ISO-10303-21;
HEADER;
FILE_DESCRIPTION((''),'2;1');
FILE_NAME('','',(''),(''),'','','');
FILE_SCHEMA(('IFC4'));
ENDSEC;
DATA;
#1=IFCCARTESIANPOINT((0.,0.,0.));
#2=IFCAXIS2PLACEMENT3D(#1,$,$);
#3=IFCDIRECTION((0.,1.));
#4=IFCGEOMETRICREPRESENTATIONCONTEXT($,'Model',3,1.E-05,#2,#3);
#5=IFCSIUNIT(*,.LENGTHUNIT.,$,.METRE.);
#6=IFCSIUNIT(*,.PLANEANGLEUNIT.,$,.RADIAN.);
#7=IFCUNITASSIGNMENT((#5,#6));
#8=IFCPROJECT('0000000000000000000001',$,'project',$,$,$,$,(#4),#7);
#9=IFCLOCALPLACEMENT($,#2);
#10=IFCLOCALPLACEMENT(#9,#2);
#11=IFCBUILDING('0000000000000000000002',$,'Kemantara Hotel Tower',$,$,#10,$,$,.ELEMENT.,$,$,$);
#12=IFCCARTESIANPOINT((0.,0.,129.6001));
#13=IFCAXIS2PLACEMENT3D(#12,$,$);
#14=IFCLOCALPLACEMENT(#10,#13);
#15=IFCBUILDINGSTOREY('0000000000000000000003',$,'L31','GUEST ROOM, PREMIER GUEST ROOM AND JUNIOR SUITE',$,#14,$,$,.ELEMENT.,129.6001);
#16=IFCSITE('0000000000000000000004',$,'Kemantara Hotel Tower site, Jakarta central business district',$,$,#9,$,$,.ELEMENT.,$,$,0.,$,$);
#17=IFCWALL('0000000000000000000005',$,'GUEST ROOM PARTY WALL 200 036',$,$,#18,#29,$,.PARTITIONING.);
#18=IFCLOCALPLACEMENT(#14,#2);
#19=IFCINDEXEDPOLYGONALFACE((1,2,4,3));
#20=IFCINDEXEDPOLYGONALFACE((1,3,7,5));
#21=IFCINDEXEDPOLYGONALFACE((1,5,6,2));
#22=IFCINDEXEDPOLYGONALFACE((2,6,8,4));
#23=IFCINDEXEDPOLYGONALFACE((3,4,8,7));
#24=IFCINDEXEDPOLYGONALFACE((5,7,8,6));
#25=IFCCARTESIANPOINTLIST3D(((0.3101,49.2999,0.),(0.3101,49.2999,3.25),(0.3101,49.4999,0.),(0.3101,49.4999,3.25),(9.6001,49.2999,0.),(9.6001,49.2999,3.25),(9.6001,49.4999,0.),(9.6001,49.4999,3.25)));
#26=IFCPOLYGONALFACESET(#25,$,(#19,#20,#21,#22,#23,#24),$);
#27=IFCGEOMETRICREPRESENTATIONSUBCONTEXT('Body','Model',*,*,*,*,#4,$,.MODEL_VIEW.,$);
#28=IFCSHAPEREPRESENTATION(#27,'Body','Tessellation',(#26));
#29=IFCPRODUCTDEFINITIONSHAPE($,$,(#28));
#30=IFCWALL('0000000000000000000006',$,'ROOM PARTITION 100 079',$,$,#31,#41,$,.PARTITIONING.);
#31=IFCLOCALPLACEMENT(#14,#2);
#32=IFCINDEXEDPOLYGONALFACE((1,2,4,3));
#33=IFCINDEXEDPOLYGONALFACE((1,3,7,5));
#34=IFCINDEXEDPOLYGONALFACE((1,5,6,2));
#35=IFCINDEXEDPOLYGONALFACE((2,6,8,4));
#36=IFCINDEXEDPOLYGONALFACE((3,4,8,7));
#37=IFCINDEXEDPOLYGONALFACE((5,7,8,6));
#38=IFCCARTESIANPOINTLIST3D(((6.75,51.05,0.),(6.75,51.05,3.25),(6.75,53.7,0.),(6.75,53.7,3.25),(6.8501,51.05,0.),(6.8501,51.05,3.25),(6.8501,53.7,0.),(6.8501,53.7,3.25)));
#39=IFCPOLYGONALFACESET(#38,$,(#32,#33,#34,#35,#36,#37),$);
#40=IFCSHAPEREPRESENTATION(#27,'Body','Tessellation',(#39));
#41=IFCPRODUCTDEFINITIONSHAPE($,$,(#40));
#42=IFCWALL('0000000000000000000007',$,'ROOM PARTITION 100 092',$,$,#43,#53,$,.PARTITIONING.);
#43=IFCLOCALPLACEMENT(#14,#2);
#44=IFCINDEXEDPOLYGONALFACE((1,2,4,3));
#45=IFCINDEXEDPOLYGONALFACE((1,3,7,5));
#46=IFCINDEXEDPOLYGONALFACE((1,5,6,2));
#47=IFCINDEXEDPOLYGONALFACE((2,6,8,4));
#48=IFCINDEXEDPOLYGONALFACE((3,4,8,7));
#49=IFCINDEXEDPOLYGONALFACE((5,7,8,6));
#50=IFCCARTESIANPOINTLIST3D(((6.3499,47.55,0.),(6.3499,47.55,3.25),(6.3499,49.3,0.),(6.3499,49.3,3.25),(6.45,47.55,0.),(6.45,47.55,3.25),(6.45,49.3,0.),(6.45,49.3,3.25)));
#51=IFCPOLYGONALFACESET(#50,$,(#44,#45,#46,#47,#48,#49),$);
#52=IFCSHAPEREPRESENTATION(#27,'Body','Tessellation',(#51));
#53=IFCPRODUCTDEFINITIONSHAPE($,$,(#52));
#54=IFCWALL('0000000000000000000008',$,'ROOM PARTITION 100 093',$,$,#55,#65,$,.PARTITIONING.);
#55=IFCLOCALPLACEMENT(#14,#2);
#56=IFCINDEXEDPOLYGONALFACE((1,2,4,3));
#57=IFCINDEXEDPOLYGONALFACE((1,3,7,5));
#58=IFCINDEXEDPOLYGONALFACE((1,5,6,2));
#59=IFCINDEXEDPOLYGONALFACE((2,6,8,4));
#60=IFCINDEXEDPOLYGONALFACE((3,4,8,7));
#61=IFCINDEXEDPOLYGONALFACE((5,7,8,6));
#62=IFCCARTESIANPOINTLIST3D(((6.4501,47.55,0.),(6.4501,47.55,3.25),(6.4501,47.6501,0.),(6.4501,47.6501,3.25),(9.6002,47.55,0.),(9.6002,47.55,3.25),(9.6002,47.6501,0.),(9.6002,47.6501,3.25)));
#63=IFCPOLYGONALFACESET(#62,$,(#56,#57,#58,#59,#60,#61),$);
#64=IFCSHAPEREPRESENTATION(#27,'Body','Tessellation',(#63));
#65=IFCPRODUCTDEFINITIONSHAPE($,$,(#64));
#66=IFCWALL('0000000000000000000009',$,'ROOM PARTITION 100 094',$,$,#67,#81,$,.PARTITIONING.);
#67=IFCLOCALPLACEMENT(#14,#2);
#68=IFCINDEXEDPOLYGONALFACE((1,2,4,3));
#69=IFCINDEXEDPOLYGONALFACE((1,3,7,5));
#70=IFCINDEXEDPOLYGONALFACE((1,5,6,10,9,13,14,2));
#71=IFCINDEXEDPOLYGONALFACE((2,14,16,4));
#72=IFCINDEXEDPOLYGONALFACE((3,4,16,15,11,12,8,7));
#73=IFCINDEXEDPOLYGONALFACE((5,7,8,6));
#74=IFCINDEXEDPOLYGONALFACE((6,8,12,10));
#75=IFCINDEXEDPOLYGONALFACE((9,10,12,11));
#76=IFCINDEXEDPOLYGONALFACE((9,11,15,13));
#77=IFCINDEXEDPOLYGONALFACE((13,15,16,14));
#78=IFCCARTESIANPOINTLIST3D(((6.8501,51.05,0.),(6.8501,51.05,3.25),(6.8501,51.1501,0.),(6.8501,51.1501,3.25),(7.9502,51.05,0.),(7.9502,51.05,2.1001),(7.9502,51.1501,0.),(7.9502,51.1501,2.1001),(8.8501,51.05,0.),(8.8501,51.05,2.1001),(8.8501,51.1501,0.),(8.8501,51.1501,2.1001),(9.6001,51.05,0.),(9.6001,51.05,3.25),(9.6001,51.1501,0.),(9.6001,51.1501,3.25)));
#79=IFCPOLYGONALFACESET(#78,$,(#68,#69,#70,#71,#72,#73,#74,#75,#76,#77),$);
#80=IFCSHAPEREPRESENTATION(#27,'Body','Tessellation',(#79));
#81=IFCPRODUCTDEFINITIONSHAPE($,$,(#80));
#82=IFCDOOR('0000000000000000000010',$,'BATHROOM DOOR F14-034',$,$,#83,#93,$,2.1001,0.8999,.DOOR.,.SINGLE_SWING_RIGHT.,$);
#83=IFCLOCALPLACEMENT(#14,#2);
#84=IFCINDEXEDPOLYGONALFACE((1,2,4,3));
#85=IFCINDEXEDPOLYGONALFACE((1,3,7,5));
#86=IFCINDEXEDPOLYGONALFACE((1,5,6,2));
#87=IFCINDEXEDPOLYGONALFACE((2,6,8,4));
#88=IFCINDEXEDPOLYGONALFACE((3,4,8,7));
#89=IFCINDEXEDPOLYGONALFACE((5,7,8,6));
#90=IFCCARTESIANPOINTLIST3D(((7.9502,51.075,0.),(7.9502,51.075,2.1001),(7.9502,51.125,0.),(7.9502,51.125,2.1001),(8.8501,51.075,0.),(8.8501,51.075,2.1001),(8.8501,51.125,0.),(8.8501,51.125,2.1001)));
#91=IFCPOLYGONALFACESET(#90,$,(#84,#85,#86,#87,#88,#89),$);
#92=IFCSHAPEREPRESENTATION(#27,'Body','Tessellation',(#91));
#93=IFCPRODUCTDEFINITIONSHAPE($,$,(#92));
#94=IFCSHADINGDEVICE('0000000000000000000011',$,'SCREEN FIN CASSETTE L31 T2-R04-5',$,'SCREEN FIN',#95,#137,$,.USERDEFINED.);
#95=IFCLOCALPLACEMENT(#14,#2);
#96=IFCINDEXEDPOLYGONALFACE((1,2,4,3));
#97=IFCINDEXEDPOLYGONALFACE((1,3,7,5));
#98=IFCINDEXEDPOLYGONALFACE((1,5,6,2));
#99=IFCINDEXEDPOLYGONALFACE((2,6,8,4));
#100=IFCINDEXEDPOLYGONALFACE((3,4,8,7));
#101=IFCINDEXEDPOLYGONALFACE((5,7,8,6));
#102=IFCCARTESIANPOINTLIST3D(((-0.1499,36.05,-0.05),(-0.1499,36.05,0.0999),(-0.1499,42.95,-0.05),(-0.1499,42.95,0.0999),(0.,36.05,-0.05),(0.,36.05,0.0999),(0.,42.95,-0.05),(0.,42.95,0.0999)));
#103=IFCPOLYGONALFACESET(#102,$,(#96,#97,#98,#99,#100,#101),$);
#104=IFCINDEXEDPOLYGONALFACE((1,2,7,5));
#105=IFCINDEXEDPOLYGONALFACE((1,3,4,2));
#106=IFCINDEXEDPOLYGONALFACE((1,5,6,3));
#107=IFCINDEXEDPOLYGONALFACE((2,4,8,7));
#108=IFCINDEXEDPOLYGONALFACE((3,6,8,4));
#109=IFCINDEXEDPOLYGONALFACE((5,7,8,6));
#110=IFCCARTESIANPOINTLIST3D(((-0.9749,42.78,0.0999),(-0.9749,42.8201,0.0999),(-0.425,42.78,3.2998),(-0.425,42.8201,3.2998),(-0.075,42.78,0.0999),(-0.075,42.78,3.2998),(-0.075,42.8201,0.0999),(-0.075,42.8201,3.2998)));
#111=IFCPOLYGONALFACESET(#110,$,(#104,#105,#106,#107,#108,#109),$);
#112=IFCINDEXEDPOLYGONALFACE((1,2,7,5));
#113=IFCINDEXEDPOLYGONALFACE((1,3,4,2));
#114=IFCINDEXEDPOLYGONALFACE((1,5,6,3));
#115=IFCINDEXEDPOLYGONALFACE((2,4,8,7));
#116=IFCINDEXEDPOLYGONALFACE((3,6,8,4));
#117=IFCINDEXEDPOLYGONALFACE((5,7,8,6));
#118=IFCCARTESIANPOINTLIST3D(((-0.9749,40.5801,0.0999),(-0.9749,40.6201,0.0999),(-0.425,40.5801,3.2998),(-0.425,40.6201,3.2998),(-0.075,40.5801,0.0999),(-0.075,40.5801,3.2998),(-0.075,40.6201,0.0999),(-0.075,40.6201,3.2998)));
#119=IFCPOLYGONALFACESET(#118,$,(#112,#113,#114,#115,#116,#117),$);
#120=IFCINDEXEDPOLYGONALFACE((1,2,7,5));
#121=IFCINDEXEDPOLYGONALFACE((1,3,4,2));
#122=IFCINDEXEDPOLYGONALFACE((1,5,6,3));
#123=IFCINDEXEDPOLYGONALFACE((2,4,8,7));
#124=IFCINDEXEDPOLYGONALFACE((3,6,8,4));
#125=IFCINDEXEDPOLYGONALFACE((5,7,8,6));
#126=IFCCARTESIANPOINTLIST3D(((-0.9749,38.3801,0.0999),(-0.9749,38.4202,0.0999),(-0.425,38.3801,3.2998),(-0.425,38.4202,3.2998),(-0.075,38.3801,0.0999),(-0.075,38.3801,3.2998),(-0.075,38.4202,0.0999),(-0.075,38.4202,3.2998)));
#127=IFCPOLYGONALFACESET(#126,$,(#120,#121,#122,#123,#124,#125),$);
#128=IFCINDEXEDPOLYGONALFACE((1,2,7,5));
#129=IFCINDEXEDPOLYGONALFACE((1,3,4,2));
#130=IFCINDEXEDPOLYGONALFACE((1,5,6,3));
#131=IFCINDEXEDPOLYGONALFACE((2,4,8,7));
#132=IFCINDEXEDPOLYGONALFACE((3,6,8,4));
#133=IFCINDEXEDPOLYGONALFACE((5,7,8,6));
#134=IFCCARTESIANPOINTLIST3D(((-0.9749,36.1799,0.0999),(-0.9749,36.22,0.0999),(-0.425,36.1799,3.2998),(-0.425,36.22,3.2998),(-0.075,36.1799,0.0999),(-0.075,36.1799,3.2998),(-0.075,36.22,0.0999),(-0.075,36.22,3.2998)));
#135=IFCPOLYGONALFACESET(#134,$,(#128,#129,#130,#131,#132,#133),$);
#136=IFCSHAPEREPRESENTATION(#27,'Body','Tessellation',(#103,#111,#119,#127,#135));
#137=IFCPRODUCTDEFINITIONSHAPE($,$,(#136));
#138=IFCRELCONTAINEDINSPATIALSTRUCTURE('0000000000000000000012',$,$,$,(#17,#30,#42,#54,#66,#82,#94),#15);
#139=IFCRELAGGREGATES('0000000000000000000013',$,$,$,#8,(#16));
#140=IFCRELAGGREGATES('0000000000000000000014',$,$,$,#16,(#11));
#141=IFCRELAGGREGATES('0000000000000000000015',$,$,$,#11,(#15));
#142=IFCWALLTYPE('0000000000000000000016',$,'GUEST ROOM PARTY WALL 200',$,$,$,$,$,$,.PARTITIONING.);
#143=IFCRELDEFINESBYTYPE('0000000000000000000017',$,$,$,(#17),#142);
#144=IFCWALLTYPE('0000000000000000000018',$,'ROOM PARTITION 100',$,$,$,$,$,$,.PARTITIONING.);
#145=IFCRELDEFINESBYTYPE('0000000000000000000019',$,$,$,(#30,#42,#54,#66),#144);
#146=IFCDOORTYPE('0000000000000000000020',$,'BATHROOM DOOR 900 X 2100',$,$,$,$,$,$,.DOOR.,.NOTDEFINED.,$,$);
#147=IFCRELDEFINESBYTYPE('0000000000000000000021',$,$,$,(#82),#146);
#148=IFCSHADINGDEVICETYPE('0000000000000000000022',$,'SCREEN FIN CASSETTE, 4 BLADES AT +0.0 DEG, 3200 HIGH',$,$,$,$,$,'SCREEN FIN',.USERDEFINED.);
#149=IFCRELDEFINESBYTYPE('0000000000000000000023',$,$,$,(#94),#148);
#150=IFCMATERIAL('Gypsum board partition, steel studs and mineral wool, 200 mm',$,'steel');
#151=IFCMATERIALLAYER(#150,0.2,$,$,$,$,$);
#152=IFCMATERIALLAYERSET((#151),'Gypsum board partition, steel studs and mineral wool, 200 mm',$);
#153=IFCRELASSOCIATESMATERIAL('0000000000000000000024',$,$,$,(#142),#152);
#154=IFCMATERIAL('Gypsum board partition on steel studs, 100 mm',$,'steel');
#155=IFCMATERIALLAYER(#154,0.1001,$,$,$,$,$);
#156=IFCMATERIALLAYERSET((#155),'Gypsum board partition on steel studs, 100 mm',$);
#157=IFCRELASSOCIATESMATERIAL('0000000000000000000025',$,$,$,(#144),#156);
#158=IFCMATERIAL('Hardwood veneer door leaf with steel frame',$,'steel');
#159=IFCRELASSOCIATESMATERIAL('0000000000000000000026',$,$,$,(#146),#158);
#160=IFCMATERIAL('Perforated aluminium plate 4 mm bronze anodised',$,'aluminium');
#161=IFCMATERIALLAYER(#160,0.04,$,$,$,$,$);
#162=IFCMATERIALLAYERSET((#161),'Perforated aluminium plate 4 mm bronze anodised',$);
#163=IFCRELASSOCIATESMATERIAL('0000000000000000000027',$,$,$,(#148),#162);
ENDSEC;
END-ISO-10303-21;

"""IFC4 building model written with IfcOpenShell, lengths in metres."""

from ifc_helpers import new_model, si_unit, direction, frame, frame_2d, origin, origin_2d, place, context, subcontext, project, spatial, polyline, rectangle, outline, extrude, source, transform, mapped, material, layer, layer_set, type_object, element, fill, save


model = new_model("IFC4")

# Units and contexts
model_context = context("Model", 3, precision=1e-05, world=origin(), true_north=direction((0.0, 1.0)))
body_context = subcontext(model_context, "Body", "Model", "MODEL_VIEW")
ifc_project = project(units=[si_unit("LENGTHUNIT", "METRE"), si_unit("PLANEANGLEUNIT", "RADIAN")], contexts=[model_context])

# Site, building, storey
site_placement = place(None, origin())
site = spatial("IfcSite", under=ifc_project, at=site_placement, Name="Kemantara Hotel Tower site, Jakarta central business district", CompositionType="ELEMENT", RefElevation=0.0)
building_placement = place(site_placement, origin())
building = spatial("IfcBuilding", under=site, at=building_placement, Name="Kemantara Hotel Tower", CompositionType="ELEMENT")
storey_placement = place(building_placement, frame((0.0, 0.0, 129.6001)))
storey = spatial("IfcBuildingStorey", under=building, at=storey_placement, Name="L31", Description="GUEST ROOM, PREMIER GUEST ROOM AND JUNIOR SUITE", CompositionType="ELEMENT", Elevation=129.6001)

# Shared definitions
ifc_material_1 = material(Name="Gypsum board partition, steel studs and mineral wool, 200 mm", Category="steel")
ifc_material_2 = material(Name="Hardwood veneer door leaf with steel frame", Category="steel")

# Walls
ifc_layer_1 = layer(ifc_material_1, 0.2)
ifc_layer_set_1 = layer_set([ifc_layer_1], Name="Gypsum board partition, steel studs and mineral wool, 200 mm")
wall_type_1 = type_object("IfcWallType", Name="GUEST ROOM PARTY WALL 200", PredefinedType="PARTITIONING", material=ifc_layer_set_1)
wall_1_placement = place(storey_placement, frame((0.3101, 49.3999, 0.0), z_axis=(0.0, 0.0, 1.0), x_axis=(1.0, 0.0, 0.0)))
element("IfcWall", 1, at=wall_1_placement, inside=storey, type_object=wall_type_1, Name="GUEST ROOM PARTY WALL 200 036", PredefinedType="PARTITIONING", context=body_context, shape_type="SweptSolid", body=[
    extrude(rectangle(XDim=9.29, YDim=0.2, at=frame_2d((4.645, 0.0))), origin(), (0.0, 0.0, 1.0), 3.25),
])
ifc_material_3 = material(Name="Gypsum board partition on steel studs, 100 mm", Category="steel")
ifc_layer_2 = layer(ifc_material_3, 0.1001)
ifc_layer_set_2 = layer_set([ifc_layer_2], Name="Gypsum board partition on steel studs, 100 mm")
wall_type_2 = type_object("IfcWallType", Name="ROOM PARTITION 100", PredefinedType="PARTITIONING", material=ifc_layer_set_2)
wall_2_placement = place(storey_placement, frame((6.8, 51.05, 0.0), z_axis=(0.0, 0.0, 1.0), x_axis=(0.0, 1.0, 0.0)))
element("IfcWall", 2, at=wall_2_placement, inside=storey, type_object=wall_type_2, Name="ROOM PARTITION 100 079", PredefinedType="PARTITIONING", context=body_context, shape_type="SweptSolid", body=[
    extrude(rectangle(XDim=2.6499, YDim=0.1001, at=frame_2d((1.325, 0.0))), origin(), (0.0, 0.0, 1.0), 3.25),
])
wall_3_placement = place(storey_placement, frame((6.3999, 47.55, 0.0), z_axis=(0.0, 0.0, 1.0), x_axis=(0.0, 1.0, 0.0)))
element("IfcWall", 3, at=wall_3_placement, inside=storey, type_object=wall_type_2, Name="ROOM PARTITION 100 092", PredefinedType="PARTITIONING", context=body_context, shape_type="SweptSolid", body=[
    extrude(rectangle(XDim=1.75, YDim=0.1001, at=frame_2d((0.875, 0.0))), origin(), (0.0, 0.0, 1.0), 3.25),
])
wall_4_placement = place(storey_placement, frame((6.45, 47.6001, 0.0), z_axis=(0.0, 0.0, 1.0), x_axis=(1.0, 0.0, 0.0)))
element("IfcWall", 4, at=wall_4_placement, inside=storey, type_object=wall_type_2, Name="ROOM PARTITION 100 093", PredefinedType="PARTITIONING", context=body_context, shape_type="SweptSolid", body=[
    extrude(rectangle(XDim=3.1501, YDim=0.1001, at=frame_2d((1.5752, 0.0))), origin(), (0.0, 0.0, 1.0), 3.25),
])

# Wall, opening, door
wall_5_placement = place(storey_placement, frame((6.8501, 51.1001, 0.0), z_axis=(0.0, 0.0, 1.0), x_axis=(1.0, 0.0, 0.0)))
wall_5 = element("IfcWall", 5, at=wall_5_placement, inside=storey, type_object=wall_type_2, Name="ROOM PARTITION 100 094", PredefinedType="PARTITIONING", context=body_context, shape_type="SweptSolid", body=[
    extrude(rectangle(XDim=2.75, YDim=0.1001, at=frame_2d((1.375, 0.0))), origin(), (0.0, 0.0, 1.0), 3.25),
])
opening_1_placement = place(wall_5_placement, frame((1.1001, 0.0, 0.0)))
opening_1 = element("IfcOpeningElement", 6, at=opening_1_placement, cuts=wall_5, PredefinedType="OPENING", context=body_context, shape_type="SweptSolid", body=[
    extrude(rectangle(XDim=0.8999, YDim=2.1001, at=frame_2d((0.45, 1.05))), frame((0.0, 0.0601, 0.0), z_axis=(0.0, -1.0, 0.0), x_axis=(1.0, 0.0, 0.0)), (0.0, 0.0, 1.0), 0.1201),
])
door_type_1 = type_object("IfcDoorType", Name="BATHROOM DOOR 900 X 2100", OperationType="NOTDEFINED", PredefinedType="DOOR", material=ifc_material_2)
door_1_placement = place(opening_1_placement, origin())
door_1 = element("IfcDoor", 7, at=door_1_placement, inside=storey, type_object=door_type_1, Name="BATHROOM DOOR F14-034", OperationType="SINGLE_SWING_RIGHT", OverallHeight=2.1001, OverallWidth=0.8999, PredefinedType="DOOR", context=body_context, shape_type="SweptSolid", body=[
    extrude(rectangle(XDim=0.8999, YDim=2.1001, at=frame_2d((0.45, 1.05))), frame((0.0, 0.0249, 0.0), z_axis=(0.0, -1.0, 0.0), x_axis=(1.0, 0.0, 0.0)), (0.0, 0.0, 1.0), 0.05),
])
fill(opening_1, door_1)

# Shading device
ifc_material_4 = material(Name="Perforated aluminium plate 4 mm bronze anodised", Category="aluminium")
ifc_layer_3 = layer(ifc_material_4, 0.04)
ifc_layer_set_3 = layer_set([ifc_layer_3], Name="Perforated aluminium plate 4 mm bronze anodised")
shading_device_type = type_object("IfcShadingDeviceType", Name="SCREEN FIN CASSETTE, 4 BLADES AT +0.0 DEG, 3200 HIGH", ElementType="SCREEN FIN", PredefinedType="USERDEFINED", material=ifc_layer_set_3)
shared_shape = source(origin(), body_context, "Body", "SweptSolid", [
    extrude(rectangle(XDim=6.8999, YDim=0.1499, at=origin_2d()), frame((3.3, -0.075, -0.1499), z_axis=(0.0, 0.0, 1.0), x_axis=(1.0, 0.0, 0.0)), (0.0, 0.0, 1.0), 0.1499),
    extrude(outline(polyline([(0.0, 0.0), (0.8999, 0.0), (0.3501, 3.2), (0.0, 3.2), (0.0, 0.0)])), frame((0.02, -0.075, 0.0), z_axis=(-1.0, 0.0, 0.0), x_axis=(0.0, -1.0, 0.0)), (0.0, 0.0, 1.0), 0.04),
    extrude(outline(polyline([(0.0, 0.0), (0.8999, 0.0), (0.3501, 3.2), (0.0, 3.2), (0.0, 0.0)])), frame((2.22, -0.075, 0.0), z_axis=(-1.0, 0.0, 0.0), x_axis=(0.0, -1.0, 0.0)), (0.0, 0.0, 1.0), 0.04),
    extrude(outline(polyline([(0.0, 0.0), (0.8999, 0.0), (0.3501, 3.2), (0.0, 3.2), (0.0, 0.0)])), frame((4.4199, -0.075, 0.0), z_axis=(-1.0, 0.0, 0.0), x_axis=(0.0, -1.0, 0.0)), (0.0, 0.0, 1.0), 0.04),
    extrude(outline(polyline([(0.0, 0.0), (0.8999, 0.0), (0.3501, 3.2), (0.0, 3.2), (0.0, 0.0)])), frame((6.6201, -0.075, 0.0), z_axis=(-1.0, 0.0, 0.0), x_axis=(0.0, -1.0, 0.0)), (0.0, 0.0, 1.0), 0.04),
])
shading_device_placement = place(storey_placement, frame((0.0, 42.8, 0.0999), z_axis=(0.0, 0.0, 1.0), x_axis=(0.0, -1.0, 0.0)))
element("IfcShadingDevice", 8, at=shading_device_placement, inside=storey, type_object=shading_device_type, Name="SCREEN FIN CASSETTE L31 T2-R04-5", ObjectType="SCREEN FIN", PredefinedType="USERDEFINED", context=body_context, shape_type="MappedRepresentation", body=[
    mapped(shared_shape, transform((0.0, 0.0, 0.0))),
])

save(model, "model.ifc")
